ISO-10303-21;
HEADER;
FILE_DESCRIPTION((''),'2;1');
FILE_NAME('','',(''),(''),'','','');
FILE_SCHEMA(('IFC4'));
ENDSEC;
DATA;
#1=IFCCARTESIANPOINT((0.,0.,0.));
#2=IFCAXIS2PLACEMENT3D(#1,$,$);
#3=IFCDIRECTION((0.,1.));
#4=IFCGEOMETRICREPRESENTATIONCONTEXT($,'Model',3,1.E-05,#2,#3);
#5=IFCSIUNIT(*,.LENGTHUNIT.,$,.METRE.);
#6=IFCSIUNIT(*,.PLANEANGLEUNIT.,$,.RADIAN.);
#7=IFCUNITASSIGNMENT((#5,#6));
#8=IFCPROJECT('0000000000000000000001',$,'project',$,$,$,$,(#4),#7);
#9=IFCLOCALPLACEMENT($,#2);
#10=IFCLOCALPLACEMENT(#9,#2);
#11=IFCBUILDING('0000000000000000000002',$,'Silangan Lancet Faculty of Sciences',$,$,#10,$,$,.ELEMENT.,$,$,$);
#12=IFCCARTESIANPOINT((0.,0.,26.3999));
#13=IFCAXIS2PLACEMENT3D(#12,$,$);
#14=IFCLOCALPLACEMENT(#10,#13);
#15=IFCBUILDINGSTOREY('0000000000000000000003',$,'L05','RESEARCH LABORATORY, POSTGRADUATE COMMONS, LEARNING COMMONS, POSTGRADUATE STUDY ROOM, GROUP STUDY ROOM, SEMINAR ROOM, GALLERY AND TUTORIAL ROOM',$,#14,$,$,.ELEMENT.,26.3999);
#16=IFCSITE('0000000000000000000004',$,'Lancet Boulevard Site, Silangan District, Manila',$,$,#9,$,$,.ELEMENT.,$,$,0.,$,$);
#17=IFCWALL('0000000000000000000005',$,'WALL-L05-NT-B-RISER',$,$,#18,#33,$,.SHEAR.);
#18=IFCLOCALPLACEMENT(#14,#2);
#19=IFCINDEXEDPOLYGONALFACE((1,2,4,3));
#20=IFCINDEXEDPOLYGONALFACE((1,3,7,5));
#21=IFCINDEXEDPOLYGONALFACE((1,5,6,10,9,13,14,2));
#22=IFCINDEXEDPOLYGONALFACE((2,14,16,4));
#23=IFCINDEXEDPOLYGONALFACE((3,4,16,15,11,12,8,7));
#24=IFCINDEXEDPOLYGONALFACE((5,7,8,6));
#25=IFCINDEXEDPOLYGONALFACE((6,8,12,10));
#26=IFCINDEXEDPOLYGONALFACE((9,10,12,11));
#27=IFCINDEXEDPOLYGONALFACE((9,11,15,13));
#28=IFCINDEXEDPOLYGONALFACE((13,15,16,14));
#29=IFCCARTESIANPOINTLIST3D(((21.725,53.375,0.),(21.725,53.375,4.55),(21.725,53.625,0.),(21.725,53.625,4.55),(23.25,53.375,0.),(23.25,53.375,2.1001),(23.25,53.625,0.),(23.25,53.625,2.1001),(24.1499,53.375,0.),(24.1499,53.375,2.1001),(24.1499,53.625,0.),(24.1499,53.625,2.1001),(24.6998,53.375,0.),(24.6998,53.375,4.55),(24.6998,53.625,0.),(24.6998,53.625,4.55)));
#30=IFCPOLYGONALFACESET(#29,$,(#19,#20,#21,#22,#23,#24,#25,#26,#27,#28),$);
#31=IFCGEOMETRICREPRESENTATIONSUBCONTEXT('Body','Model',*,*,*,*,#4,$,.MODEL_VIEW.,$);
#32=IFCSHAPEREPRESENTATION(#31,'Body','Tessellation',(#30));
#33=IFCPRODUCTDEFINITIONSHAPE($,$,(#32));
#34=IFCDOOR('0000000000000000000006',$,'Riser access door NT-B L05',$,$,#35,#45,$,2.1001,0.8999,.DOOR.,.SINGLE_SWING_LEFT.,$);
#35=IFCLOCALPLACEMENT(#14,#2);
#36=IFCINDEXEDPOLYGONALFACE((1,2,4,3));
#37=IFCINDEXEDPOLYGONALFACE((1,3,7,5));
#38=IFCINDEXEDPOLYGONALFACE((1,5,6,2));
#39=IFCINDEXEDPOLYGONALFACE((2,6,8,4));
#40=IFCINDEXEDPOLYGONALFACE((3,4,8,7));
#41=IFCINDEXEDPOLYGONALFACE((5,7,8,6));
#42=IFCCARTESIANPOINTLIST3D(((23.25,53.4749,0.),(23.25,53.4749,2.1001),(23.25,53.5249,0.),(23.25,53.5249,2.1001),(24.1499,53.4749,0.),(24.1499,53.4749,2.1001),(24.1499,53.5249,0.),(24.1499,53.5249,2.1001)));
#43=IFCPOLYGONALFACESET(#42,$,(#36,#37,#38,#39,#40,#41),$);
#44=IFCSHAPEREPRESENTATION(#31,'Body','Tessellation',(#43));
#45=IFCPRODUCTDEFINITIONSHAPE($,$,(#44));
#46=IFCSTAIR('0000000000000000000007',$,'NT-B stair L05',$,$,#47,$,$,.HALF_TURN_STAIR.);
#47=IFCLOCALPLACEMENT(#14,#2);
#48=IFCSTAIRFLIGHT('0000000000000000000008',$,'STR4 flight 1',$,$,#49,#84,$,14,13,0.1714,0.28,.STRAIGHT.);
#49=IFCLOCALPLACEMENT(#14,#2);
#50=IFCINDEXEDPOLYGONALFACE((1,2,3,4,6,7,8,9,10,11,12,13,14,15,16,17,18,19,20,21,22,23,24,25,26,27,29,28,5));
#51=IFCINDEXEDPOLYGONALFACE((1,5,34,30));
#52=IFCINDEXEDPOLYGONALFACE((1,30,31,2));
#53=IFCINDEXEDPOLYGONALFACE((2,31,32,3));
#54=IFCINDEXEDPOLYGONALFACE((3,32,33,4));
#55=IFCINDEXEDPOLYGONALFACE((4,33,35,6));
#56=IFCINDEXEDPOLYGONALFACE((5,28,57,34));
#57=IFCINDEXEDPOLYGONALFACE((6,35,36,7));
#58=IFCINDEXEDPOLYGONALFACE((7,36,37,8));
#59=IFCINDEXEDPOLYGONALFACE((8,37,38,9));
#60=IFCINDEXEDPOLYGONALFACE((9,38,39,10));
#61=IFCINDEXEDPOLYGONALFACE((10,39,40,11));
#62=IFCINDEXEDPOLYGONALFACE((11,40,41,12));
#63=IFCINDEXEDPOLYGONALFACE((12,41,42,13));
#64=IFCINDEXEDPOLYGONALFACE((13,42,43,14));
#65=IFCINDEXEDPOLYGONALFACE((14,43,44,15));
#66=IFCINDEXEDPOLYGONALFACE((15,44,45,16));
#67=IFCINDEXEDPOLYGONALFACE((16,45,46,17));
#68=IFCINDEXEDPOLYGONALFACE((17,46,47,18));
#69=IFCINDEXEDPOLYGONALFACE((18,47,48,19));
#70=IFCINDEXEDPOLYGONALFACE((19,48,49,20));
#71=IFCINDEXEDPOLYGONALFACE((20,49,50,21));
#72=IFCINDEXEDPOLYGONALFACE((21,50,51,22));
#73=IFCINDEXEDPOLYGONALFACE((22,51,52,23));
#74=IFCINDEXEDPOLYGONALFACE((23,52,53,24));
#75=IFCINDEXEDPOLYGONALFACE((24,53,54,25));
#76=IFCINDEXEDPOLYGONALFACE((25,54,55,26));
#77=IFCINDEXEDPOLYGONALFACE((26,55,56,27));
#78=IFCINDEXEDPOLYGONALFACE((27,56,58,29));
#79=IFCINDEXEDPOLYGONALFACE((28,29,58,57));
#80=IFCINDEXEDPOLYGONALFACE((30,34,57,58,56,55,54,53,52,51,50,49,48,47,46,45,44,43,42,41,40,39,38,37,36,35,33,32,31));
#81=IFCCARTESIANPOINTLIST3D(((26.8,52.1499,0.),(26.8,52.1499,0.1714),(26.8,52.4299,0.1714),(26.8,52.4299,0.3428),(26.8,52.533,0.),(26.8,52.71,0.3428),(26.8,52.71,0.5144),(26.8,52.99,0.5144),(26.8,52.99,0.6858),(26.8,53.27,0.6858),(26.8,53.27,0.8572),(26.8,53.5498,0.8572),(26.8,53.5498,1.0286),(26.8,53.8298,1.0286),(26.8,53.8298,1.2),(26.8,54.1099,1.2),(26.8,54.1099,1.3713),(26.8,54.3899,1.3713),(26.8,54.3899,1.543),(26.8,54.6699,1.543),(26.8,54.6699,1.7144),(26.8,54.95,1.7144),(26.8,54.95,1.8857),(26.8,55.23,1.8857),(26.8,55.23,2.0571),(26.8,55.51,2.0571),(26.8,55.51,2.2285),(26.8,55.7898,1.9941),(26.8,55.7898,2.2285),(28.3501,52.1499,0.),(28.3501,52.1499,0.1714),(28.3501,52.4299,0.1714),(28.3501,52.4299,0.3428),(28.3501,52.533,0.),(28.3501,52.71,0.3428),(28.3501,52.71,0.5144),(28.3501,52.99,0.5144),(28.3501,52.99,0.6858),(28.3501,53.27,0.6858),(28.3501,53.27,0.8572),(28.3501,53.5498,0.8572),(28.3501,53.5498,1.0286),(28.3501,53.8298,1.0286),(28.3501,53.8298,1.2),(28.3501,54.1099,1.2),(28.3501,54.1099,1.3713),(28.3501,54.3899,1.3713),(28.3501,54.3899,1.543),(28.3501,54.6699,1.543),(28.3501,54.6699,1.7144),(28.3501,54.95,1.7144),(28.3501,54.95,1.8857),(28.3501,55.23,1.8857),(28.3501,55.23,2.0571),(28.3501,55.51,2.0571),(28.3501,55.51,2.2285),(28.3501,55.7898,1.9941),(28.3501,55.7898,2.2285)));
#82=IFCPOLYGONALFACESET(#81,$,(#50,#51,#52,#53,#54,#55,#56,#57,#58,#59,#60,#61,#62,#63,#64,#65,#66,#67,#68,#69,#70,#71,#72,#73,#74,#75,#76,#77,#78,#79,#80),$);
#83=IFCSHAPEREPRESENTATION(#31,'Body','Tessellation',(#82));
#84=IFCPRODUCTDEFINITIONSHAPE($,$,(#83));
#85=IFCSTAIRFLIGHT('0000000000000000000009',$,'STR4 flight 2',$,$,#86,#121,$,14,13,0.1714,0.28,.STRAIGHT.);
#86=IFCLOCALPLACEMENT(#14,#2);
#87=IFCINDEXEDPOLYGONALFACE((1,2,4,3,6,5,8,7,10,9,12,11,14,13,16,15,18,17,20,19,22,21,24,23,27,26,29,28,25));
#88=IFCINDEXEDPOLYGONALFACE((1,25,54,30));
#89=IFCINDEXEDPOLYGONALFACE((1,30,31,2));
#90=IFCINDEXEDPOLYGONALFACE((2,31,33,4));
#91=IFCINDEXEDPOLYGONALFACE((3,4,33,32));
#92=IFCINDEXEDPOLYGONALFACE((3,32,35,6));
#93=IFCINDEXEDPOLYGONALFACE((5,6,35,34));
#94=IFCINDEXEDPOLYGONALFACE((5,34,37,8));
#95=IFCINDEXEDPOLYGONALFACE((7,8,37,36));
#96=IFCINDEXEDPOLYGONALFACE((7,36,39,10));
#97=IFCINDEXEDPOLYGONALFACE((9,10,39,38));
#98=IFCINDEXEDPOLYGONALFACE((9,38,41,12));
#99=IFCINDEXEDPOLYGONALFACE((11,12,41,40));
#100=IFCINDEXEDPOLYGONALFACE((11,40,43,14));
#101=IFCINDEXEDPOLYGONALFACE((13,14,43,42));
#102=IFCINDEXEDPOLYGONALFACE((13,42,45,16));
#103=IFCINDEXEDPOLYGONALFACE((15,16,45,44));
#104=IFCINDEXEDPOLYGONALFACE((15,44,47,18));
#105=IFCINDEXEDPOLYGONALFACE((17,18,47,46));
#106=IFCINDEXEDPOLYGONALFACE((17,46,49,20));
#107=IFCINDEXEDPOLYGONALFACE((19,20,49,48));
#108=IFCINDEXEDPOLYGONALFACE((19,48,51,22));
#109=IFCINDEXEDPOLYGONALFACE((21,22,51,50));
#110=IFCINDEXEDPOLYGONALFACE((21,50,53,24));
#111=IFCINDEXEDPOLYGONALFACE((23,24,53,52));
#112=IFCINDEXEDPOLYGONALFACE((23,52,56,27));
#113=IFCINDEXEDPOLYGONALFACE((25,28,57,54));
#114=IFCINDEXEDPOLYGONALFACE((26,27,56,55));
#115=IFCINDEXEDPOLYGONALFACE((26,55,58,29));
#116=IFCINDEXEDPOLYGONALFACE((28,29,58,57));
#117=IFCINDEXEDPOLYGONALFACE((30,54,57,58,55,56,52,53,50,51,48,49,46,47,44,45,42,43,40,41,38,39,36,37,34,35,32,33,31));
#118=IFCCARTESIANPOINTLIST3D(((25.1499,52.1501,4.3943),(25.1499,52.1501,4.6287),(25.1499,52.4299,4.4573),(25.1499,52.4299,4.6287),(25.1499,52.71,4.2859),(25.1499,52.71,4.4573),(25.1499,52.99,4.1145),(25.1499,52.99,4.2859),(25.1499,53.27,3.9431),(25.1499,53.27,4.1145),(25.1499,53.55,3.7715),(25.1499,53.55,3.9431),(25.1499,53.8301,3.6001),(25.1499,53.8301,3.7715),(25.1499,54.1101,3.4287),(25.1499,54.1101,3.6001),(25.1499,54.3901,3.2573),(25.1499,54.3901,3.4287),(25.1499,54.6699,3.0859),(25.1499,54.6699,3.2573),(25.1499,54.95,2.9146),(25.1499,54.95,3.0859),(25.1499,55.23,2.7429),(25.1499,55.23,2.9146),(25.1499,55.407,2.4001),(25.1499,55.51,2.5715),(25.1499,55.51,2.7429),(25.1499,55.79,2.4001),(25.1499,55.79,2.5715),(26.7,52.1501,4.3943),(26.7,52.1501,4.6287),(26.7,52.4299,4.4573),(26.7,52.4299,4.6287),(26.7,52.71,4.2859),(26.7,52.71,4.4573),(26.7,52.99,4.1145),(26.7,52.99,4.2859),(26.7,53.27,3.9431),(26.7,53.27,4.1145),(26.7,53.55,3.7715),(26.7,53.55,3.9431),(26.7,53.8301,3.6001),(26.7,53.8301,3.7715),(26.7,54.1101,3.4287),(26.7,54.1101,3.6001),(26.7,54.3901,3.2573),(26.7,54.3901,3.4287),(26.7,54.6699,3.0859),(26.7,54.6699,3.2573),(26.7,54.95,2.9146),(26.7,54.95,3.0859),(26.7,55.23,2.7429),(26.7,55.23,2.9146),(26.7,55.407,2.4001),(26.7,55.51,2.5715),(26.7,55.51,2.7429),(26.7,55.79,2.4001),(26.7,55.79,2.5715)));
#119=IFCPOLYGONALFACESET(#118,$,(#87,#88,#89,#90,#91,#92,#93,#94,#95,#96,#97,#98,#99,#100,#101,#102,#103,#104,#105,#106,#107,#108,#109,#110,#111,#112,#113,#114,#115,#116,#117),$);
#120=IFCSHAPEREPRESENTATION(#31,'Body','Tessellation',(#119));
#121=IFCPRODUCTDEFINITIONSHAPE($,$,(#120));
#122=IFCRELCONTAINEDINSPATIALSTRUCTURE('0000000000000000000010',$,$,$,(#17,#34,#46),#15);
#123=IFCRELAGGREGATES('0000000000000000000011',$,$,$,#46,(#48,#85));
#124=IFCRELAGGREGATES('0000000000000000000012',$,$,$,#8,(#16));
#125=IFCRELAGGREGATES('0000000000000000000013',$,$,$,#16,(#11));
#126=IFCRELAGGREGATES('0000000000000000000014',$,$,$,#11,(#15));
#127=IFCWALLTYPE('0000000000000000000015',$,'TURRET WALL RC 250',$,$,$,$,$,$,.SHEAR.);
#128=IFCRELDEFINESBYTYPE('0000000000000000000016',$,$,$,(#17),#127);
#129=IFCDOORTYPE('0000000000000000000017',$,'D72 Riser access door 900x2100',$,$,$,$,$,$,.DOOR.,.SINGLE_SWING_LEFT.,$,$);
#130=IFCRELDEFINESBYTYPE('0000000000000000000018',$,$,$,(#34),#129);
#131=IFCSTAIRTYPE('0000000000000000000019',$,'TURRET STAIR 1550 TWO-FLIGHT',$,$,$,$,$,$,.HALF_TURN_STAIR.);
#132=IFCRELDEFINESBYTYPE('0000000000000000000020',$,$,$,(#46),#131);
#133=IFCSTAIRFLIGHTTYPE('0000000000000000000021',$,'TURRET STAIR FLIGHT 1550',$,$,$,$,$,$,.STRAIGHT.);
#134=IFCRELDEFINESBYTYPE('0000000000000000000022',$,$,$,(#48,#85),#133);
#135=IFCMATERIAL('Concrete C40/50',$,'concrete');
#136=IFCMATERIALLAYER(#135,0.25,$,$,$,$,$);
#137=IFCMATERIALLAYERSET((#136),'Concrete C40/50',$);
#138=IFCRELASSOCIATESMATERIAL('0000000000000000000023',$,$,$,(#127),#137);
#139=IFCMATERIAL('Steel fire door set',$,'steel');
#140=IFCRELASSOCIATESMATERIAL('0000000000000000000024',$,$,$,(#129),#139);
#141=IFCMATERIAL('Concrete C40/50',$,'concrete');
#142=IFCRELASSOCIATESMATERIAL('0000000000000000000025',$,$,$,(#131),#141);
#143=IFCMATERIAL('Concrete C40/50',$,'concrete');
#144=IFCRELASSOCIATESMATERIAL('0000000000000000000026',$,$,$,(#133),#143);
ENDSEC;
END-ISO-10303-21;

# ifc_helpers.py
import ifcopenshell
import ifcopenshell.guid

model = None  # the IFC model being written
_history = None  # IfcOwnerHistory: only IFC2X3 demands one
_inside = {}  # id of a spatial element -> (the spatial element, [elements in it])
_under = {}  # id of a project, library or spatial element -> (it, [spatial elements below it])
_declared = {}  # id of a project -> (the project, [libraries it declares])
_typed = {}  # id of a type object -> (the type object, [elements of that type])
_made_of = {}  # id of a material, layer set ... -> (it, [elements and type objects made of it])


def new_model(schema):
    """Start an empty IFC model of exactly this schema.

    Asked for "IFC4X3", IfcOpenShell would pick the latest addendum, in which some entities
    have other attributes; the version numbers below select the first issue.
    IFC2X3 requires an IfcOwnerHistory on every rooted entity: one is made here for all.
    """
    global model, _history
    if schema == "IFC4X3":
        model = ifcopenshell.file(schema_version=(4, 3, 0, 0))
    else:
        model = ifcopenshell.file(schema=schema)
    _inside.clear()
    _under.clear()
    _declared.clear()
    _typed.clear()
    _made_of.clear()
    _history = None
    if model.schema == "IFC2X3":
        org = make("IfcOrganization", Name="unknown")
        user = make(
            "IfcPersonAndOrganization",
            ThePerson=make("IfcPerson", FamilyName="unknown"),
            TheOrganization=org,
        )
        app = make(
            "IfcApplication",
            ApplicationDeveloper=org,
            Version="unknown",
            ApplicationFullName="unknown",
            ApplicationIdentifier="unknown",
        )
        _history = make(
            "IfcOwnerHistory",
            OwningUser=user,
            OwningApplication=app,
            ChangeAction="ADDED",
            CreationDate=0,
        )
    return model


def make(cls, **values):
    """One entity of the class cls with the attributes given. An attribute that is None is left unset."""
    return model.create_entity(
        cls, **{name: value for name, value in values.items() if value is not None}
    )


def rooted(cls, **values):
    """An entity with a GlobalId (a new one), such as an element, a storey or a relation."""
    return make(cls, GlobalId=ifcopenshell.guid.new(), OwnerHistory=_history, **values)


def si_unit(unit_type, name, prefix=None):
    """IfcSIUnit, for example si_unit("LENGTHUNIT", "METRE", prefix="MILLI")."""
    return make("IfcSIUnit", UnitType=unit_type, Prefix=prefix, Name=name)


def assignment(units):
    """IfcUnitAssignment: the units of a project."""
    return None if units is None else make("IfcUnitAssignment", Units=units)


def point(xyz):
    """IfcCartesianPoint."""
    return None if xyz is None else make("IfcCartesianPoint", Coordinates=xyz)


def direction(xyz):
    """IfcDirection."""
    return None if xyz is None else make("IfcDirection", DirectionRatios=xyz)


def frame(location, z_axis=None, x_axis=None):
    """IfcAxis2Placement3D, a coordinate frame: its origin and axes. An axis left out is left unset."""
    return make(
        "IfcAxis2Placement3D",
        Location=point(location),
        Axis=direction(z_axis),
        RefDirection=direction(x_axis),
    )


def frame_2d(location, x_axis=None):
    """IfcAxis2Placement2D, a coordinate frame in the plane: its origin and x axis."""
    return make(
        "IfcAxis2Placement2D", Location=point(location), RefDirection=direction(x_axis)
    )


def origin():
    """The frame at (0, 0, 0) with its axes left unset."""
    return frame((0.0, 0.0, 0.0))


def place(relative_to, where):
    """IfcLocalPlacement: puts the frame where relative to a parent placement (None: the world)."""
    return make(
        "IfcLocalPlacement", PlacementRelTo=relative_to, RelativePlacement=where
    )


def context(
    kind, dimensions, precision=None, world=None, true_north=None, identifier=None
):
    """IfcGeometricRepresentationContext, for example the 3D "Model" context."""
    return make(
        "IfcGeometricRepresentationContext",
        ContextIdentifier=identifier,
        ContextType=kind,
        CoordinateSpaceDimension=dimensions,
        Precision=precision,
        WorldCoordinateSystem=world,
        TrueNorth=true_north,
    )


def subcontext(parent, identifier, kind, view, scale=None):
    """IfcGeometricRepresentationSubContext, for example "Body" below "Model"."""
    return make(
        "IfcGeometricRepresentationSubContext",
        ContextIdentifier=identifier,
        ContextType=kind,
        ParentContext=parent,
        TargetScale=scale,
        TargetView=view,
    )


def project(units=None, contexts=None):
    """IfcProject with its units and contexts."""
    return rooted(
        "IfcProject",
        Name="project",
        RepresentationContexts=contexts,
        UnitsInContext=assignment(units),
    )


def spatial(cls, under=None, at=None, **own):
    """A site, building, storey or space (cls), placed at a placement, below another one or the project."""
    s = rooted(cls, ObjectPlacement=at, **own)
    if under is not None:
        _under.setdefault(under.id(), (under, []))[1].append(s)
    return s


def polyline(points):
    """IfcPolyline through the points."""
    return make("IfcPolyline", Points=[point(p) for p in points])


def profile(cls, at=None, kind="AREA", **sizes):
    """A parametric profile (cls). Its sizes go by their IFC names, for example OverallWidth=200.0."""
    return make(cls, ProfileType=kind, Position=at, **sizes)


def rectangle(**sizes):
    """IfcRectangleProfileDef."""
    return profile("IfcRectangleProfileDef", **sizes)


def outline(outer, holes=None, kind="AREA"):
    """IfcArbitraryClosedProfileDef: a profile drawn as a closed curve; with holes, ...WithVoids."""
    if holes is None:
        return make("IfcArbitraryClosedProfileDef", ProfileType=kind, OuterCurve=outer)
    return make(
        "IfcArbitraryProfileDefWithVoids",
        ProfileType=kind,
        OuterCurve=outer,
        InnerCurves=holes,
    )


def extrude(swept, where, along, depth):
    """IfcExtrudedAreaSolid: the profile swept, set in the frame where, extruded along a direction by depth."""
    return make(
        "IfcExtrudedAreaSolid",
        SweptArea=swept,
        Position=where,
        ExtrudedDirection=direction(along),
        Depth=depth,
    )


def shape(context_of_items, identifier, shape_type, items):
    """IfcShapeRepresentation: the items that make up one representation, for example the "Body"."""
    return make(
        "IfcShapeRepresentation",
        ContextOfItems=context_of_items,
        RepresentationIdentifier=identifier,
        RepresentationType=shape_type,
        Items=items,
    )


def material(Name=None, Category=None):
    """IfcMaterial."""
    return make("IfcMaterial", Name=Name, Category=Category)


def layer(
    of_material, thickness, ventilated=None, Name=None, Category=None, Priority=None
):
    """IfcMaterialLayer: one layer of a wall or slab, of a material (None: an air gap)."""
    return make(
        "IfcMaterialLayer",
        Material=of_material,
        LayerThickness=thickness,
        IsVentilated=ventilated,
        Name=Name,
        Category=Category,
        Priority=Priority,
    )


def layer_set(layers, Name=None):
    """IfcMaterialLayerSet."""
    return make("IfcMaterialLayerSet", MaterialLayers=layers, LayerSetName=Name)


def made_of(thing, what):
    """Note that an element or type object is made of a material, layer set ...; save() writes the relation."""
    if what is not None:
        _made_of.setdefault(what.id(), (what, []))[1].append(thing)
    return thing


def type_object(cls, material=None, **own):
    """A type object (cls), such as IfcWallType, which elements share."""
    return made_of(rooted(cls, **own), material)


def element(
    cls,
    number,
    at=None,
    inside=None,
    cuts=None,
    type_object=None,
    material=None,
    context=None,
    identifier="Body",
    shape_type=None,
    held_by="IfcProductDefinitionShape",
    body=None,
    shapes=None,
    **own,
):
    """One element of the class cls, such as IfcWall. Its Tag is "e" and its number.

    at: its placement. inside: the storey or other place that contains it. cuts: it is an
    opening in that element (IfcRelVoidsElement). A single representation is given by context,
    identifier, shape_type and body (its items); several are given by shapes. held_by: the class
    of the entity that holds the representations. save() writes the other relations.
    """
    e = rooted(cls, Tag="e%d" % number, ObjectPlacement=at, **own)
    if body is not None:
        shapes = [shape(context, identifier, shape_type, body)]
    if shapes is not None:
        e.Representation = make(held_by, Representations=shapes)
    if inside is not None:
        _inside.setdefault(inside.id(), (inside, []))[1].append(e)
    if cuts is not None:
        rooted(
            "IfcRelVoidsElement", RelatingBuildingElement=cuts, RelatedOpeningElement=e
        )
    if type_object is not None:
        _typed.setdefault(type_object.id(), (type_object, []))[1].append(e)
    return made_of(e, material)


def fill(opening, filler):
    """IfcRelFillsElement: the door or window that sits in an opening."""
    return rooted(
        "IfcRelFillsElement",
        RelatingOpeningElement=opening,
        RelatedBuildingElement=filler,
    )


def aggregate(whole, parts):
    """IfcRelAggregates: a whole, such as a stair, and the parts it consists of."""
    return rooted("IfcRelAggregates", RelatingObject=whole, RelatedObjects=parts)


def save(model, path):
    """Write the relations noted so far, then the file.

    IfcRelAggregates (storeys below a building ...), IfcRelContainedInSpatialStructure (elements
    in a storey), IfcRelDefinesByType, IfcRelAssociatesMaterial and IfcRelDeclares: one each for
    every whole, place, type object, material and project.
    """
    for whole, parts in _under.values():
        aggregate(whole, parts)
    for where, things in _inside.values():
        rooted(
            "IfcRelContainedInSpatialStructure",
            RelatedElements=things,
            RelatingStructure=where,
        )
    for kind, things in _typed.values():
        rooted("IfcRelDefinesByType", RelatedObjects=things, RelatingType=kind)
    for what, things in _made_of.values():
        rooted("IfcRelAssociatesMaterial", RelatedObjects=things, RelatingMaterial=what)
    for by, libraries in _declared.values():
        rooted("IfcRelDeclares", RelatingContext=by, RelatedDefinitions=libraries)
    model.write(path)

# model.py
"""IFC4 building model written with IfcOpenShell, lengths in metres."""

from ifc_helpers import new_model, si_unit, direction, frame, frame_2d, origin, place, context, subcontext, project, spatial, polyline, rectangle, outline, extrude, material, layer, layer_set, type_object, element, fill, aggregate, save


model = new_model("IFC4")

# Units and contexts
model_context = context("Model", 3, precision=1e-05, world=origin(), true_north=direction((0.0, 1.0)))
body_context = subcontext(model_context, "Body", "Model", "MODEL_VIEW")
ifc_project = project(units=[si_unit("LENGTHUNIT", "METRE"), si_unit("PLANEANGLEUNIT", "RADIAN")], contexts=[model_context])

# Site, building, storey
site_placement = place(None, origin())
site = spatial("IfcSite", under=ifc_project, at=site_placement, Name="Lancet Boulevard Site, Silangan District, Manila", CompositionType="ELEMENT", RefElevation=0.0)
building_placement = place(site_placement, origin())
building = spatial("IfcBuilding", under=site, at=building_placement, Name="Silangan Lancet Faculty of Sciences", CompositionType="ELEMENT")
storey_placement = place(building_placement, frame((0.0, 0.0, 26.3999)))
storey = spatial("IfcBuildingStorey", under=building, at=storey_placement, Name="L05", Description="RESEARCH LABORATORY, POSTGRADUATE COMMONS, LEARNING COMMONS, POSTGRADUATE STUDY ROOM, GROUP STUDY ROOM, SEMINAR ROOM, GALLERY AND TUTORIAL ROOM", CompositionType="ELEMENT", Elevation=26.3999)

# Shared definitions
ifc_material_1 = material(Name="Concrete C40/50", Category="concrete")
ifc_layer_1 = layer(ifc_material_1, 0.25)
ifc_layer_set_1 = layer_set([ifc_layer_1], Name="Concrete C40/50")
wall_type_1 = type_object("IfcWallType", Name="TURRET WALL RC 250", PredefinedType="SHEAR", material=ifc_layer_set_1)

# Wall, opening, door
wall_1_placement = place(storey_placement, frame((21.7251, 53.5, 0.0), z_axis=(0.0, 0.0, 1.0), x_axis=(1.0, 0.0, 0.0)))
wall_1 = element("IfcWall", 1, at=wall_1_placement, inside=storey, type_object=wall_type_1, Name="WALL-L05-NT-B-RISER", PredefinedType="SHEAR", context=body_context, shape_type="SweptSolid", body=[
    extrude(rectangle(XDim=2.9749, YDim=0.25, at=frame_2d((1.4873, 0.0))), origin(), (0.0, 0.0, 1.0), 4.55),
])
opening_1_placement = place(wall_1_placement, frame((1.5249, 0.0, 0.0)))
opening_1 = element("IfcOpeningElement", 2, at=opening_1_placement, cuts=wall_1, PredefinedType="OPENING", context=body_context, shape_type="SweptSolid", body=[
    extrude(rectangle(XDim=0.8999, YDim=2.1001, at=frame_2d((0.45, 1.05))), frame((0.0, 0.135, 0.0), z_axis=(0.0, -1.0, 0.0), x_axis=(1.0, 0.0, 0.0)), (0.0, 0.0, 1.0), 0.27),
])
ifc_material_2 = material(Name="Steel fire door set", Category="steel")
door_type_1 = type_object("IfcDoorType", Name="D72 Riser access door 900x2100", OperationType="SINGLE_SWING_LEFT", PredefinedType="DOOR", material=ifc_material_2)
door_1_placement = place(opening_1_placement, origin())
door_1 = element("IfcDoor", 3, at=door_1_placement, inside=storey, type_object=door_type_1, Name="Riser access door NT-B L05", OperationType="SINGLE_SWING_LEFT", OverallHeight=2.1001, OverallWidth=0.8999, PredefinedType="DOOR", context=body_context, shape_type="SweptSolid", body=[
    extrude(rectangle(XDim=0.8999, YDim=2.1001, at=frame_2d((0.45, 1.05))), frame((0.0, 0.0249, 0.0), z_axis=(0.0, -1.0, 0.0), x_axis=(1.0, 0.0, 0.0)), (0.0, 0.0, 1.0), 0.05),
])
fill(opening_1, door_1)

# Stair, stair flights
ifc_material_3 = material(Name="Concrete C40/50", Category="concrete")
stair_type = type_object("IfcStairType", Name="TURRET STAIR 1550 TWO-FLIGHT", PredefinedType="HALF_TURN_STAIR", material=ifc_material_3)
stair_placement = place(storey_placement, origin())
stair = element("IfcStair", 4, at=stair_placement, inside=storey, type_object=stair_type, Name="NT-B stair L05", PredefinedType="HALF_TURN_STAIR")
ifc_material_4 = material(Name="Concrete C40/50", Category="concrete")
stair_flight_type = type_object("IfcStairFlightType", Name="TURRET STAIR FLIGHT 1550", PredefinedType="STRAIGHT", material=ifc_material_4)
stair_flight_1_placement = place(storey_placement, frame((27.575, 52.1499, 0.0), z_axis=(0.0, 0.0, 1.0), x_axis=(0.0, 1.0, 0.0)))
stair_flight_1 = element("IfcStairFlight", 5, at=stair_flight_1_placement, type_object=stair_flight_type, Name="STR4 flight 1", NumberOfRisers=14, NumberOfTreads=13, PredefinedType="STRAIGHT", RiserHeight=0.1714, TreadLength=0.28, context=body_context, shape_type="SweptSolid", body=[
    extrude(outline(polyline([(0.0, 0.0), (0.0, 0.1714), (0.28, 0.1714), (0.28, 0.3428), (0.5601, 0.3428), (0.5601, 0.5144), (0.8401, 0.5144), (0.8401, 0.6858), (1.1201, 0.6858), (1.1201, 0.8572), (1.3999, 0.8572), (1.3999, 1.0286), (1.6799, 1.0286), (1.6799, 1.2), (1.96, 1.2), (1.96, 1.3713), (2.24, 1.3713), (2.24, 1.543), (2.52, 1.543), (2.52, 1.7144), (2.8, 1.7144), (2.8, 1.8857), (3.0801, 1.8857), (3.0801, 2.0571), (3.3601, 2.0571), (3.3601, 2.2285), (3.6399, 2.2285), (3.6399, 2.3999), (3.6399, 1.9941), (0.3831, 0.0), (0.0, 0.0)])), frame((0.0, 0.7749, 0.0), z_axis=(0.0, -1.0, 0.0), x_axis=(1.0, 0.0, 0.0)), (0.0, 0.0, 1.0), 1.55),
])
stair_flight_2_placement = place(storey_placement, frame((25.925, 55.79, 2.4001), z_axis=(0.0, 0.0, 1.0), x_axis=(0.0, -1.0, 0.0)))
stair_flight_2 = element("IfcStairFlight", 6, at=stair_flight_2_placement, type_object=stair_flight_type, Name="STR4 flight 2", NumberOfRisers=14, NumberOfTreads=13, PredefinedType="STRAIGHT", RiserHeight=0.1714, TreadLength=0.28, context=body_context, shape_type="SweptSolid", body=[
    extrude(outline(polyline([(0.0, 0.0), (0.0, 0.1714), (0.28, 0.1714), (0.28, 0.3428), (0.5601, 0.3428), (0.5601, 0.5144), (0.8401, 0.5144), (0.8401, 0.6858), (1.1201, 0.6858), (1.1201, 0.8572), (1.3999, 0.8572), (1.3999, 1.0286), (1.6799, 1.0286), (1.6799, 1.2), (1.96, 1.2), (1.96, 1.3713), (2.24, 1.3713), (2.24, 1.543), (2.52, 1.543), (2.52, 1.7144), (2.8, 1.7144), (2.8, 1.8857), (3.0801, 1.8857), (3.0801, 2.0571), (3.3601, 2.0571), (3.3601, 2.2285), (3.6399, 2.2285), (3.6399, 2.3999), (3.6399, 1.9941), (0.3831, 0.0), (0.0, 0.0)])), frame((0.0, 0.7749, 0.0), z_axis=(0.0, -1.0, 0.0), x_axis=(1.0, 0.0, 0.0)), (0.0, 0.0, 1.0), 1.55),
])
aggregate(stair, [stair_flight_1, stair_flight_2])

save(model, "model.ifc")
